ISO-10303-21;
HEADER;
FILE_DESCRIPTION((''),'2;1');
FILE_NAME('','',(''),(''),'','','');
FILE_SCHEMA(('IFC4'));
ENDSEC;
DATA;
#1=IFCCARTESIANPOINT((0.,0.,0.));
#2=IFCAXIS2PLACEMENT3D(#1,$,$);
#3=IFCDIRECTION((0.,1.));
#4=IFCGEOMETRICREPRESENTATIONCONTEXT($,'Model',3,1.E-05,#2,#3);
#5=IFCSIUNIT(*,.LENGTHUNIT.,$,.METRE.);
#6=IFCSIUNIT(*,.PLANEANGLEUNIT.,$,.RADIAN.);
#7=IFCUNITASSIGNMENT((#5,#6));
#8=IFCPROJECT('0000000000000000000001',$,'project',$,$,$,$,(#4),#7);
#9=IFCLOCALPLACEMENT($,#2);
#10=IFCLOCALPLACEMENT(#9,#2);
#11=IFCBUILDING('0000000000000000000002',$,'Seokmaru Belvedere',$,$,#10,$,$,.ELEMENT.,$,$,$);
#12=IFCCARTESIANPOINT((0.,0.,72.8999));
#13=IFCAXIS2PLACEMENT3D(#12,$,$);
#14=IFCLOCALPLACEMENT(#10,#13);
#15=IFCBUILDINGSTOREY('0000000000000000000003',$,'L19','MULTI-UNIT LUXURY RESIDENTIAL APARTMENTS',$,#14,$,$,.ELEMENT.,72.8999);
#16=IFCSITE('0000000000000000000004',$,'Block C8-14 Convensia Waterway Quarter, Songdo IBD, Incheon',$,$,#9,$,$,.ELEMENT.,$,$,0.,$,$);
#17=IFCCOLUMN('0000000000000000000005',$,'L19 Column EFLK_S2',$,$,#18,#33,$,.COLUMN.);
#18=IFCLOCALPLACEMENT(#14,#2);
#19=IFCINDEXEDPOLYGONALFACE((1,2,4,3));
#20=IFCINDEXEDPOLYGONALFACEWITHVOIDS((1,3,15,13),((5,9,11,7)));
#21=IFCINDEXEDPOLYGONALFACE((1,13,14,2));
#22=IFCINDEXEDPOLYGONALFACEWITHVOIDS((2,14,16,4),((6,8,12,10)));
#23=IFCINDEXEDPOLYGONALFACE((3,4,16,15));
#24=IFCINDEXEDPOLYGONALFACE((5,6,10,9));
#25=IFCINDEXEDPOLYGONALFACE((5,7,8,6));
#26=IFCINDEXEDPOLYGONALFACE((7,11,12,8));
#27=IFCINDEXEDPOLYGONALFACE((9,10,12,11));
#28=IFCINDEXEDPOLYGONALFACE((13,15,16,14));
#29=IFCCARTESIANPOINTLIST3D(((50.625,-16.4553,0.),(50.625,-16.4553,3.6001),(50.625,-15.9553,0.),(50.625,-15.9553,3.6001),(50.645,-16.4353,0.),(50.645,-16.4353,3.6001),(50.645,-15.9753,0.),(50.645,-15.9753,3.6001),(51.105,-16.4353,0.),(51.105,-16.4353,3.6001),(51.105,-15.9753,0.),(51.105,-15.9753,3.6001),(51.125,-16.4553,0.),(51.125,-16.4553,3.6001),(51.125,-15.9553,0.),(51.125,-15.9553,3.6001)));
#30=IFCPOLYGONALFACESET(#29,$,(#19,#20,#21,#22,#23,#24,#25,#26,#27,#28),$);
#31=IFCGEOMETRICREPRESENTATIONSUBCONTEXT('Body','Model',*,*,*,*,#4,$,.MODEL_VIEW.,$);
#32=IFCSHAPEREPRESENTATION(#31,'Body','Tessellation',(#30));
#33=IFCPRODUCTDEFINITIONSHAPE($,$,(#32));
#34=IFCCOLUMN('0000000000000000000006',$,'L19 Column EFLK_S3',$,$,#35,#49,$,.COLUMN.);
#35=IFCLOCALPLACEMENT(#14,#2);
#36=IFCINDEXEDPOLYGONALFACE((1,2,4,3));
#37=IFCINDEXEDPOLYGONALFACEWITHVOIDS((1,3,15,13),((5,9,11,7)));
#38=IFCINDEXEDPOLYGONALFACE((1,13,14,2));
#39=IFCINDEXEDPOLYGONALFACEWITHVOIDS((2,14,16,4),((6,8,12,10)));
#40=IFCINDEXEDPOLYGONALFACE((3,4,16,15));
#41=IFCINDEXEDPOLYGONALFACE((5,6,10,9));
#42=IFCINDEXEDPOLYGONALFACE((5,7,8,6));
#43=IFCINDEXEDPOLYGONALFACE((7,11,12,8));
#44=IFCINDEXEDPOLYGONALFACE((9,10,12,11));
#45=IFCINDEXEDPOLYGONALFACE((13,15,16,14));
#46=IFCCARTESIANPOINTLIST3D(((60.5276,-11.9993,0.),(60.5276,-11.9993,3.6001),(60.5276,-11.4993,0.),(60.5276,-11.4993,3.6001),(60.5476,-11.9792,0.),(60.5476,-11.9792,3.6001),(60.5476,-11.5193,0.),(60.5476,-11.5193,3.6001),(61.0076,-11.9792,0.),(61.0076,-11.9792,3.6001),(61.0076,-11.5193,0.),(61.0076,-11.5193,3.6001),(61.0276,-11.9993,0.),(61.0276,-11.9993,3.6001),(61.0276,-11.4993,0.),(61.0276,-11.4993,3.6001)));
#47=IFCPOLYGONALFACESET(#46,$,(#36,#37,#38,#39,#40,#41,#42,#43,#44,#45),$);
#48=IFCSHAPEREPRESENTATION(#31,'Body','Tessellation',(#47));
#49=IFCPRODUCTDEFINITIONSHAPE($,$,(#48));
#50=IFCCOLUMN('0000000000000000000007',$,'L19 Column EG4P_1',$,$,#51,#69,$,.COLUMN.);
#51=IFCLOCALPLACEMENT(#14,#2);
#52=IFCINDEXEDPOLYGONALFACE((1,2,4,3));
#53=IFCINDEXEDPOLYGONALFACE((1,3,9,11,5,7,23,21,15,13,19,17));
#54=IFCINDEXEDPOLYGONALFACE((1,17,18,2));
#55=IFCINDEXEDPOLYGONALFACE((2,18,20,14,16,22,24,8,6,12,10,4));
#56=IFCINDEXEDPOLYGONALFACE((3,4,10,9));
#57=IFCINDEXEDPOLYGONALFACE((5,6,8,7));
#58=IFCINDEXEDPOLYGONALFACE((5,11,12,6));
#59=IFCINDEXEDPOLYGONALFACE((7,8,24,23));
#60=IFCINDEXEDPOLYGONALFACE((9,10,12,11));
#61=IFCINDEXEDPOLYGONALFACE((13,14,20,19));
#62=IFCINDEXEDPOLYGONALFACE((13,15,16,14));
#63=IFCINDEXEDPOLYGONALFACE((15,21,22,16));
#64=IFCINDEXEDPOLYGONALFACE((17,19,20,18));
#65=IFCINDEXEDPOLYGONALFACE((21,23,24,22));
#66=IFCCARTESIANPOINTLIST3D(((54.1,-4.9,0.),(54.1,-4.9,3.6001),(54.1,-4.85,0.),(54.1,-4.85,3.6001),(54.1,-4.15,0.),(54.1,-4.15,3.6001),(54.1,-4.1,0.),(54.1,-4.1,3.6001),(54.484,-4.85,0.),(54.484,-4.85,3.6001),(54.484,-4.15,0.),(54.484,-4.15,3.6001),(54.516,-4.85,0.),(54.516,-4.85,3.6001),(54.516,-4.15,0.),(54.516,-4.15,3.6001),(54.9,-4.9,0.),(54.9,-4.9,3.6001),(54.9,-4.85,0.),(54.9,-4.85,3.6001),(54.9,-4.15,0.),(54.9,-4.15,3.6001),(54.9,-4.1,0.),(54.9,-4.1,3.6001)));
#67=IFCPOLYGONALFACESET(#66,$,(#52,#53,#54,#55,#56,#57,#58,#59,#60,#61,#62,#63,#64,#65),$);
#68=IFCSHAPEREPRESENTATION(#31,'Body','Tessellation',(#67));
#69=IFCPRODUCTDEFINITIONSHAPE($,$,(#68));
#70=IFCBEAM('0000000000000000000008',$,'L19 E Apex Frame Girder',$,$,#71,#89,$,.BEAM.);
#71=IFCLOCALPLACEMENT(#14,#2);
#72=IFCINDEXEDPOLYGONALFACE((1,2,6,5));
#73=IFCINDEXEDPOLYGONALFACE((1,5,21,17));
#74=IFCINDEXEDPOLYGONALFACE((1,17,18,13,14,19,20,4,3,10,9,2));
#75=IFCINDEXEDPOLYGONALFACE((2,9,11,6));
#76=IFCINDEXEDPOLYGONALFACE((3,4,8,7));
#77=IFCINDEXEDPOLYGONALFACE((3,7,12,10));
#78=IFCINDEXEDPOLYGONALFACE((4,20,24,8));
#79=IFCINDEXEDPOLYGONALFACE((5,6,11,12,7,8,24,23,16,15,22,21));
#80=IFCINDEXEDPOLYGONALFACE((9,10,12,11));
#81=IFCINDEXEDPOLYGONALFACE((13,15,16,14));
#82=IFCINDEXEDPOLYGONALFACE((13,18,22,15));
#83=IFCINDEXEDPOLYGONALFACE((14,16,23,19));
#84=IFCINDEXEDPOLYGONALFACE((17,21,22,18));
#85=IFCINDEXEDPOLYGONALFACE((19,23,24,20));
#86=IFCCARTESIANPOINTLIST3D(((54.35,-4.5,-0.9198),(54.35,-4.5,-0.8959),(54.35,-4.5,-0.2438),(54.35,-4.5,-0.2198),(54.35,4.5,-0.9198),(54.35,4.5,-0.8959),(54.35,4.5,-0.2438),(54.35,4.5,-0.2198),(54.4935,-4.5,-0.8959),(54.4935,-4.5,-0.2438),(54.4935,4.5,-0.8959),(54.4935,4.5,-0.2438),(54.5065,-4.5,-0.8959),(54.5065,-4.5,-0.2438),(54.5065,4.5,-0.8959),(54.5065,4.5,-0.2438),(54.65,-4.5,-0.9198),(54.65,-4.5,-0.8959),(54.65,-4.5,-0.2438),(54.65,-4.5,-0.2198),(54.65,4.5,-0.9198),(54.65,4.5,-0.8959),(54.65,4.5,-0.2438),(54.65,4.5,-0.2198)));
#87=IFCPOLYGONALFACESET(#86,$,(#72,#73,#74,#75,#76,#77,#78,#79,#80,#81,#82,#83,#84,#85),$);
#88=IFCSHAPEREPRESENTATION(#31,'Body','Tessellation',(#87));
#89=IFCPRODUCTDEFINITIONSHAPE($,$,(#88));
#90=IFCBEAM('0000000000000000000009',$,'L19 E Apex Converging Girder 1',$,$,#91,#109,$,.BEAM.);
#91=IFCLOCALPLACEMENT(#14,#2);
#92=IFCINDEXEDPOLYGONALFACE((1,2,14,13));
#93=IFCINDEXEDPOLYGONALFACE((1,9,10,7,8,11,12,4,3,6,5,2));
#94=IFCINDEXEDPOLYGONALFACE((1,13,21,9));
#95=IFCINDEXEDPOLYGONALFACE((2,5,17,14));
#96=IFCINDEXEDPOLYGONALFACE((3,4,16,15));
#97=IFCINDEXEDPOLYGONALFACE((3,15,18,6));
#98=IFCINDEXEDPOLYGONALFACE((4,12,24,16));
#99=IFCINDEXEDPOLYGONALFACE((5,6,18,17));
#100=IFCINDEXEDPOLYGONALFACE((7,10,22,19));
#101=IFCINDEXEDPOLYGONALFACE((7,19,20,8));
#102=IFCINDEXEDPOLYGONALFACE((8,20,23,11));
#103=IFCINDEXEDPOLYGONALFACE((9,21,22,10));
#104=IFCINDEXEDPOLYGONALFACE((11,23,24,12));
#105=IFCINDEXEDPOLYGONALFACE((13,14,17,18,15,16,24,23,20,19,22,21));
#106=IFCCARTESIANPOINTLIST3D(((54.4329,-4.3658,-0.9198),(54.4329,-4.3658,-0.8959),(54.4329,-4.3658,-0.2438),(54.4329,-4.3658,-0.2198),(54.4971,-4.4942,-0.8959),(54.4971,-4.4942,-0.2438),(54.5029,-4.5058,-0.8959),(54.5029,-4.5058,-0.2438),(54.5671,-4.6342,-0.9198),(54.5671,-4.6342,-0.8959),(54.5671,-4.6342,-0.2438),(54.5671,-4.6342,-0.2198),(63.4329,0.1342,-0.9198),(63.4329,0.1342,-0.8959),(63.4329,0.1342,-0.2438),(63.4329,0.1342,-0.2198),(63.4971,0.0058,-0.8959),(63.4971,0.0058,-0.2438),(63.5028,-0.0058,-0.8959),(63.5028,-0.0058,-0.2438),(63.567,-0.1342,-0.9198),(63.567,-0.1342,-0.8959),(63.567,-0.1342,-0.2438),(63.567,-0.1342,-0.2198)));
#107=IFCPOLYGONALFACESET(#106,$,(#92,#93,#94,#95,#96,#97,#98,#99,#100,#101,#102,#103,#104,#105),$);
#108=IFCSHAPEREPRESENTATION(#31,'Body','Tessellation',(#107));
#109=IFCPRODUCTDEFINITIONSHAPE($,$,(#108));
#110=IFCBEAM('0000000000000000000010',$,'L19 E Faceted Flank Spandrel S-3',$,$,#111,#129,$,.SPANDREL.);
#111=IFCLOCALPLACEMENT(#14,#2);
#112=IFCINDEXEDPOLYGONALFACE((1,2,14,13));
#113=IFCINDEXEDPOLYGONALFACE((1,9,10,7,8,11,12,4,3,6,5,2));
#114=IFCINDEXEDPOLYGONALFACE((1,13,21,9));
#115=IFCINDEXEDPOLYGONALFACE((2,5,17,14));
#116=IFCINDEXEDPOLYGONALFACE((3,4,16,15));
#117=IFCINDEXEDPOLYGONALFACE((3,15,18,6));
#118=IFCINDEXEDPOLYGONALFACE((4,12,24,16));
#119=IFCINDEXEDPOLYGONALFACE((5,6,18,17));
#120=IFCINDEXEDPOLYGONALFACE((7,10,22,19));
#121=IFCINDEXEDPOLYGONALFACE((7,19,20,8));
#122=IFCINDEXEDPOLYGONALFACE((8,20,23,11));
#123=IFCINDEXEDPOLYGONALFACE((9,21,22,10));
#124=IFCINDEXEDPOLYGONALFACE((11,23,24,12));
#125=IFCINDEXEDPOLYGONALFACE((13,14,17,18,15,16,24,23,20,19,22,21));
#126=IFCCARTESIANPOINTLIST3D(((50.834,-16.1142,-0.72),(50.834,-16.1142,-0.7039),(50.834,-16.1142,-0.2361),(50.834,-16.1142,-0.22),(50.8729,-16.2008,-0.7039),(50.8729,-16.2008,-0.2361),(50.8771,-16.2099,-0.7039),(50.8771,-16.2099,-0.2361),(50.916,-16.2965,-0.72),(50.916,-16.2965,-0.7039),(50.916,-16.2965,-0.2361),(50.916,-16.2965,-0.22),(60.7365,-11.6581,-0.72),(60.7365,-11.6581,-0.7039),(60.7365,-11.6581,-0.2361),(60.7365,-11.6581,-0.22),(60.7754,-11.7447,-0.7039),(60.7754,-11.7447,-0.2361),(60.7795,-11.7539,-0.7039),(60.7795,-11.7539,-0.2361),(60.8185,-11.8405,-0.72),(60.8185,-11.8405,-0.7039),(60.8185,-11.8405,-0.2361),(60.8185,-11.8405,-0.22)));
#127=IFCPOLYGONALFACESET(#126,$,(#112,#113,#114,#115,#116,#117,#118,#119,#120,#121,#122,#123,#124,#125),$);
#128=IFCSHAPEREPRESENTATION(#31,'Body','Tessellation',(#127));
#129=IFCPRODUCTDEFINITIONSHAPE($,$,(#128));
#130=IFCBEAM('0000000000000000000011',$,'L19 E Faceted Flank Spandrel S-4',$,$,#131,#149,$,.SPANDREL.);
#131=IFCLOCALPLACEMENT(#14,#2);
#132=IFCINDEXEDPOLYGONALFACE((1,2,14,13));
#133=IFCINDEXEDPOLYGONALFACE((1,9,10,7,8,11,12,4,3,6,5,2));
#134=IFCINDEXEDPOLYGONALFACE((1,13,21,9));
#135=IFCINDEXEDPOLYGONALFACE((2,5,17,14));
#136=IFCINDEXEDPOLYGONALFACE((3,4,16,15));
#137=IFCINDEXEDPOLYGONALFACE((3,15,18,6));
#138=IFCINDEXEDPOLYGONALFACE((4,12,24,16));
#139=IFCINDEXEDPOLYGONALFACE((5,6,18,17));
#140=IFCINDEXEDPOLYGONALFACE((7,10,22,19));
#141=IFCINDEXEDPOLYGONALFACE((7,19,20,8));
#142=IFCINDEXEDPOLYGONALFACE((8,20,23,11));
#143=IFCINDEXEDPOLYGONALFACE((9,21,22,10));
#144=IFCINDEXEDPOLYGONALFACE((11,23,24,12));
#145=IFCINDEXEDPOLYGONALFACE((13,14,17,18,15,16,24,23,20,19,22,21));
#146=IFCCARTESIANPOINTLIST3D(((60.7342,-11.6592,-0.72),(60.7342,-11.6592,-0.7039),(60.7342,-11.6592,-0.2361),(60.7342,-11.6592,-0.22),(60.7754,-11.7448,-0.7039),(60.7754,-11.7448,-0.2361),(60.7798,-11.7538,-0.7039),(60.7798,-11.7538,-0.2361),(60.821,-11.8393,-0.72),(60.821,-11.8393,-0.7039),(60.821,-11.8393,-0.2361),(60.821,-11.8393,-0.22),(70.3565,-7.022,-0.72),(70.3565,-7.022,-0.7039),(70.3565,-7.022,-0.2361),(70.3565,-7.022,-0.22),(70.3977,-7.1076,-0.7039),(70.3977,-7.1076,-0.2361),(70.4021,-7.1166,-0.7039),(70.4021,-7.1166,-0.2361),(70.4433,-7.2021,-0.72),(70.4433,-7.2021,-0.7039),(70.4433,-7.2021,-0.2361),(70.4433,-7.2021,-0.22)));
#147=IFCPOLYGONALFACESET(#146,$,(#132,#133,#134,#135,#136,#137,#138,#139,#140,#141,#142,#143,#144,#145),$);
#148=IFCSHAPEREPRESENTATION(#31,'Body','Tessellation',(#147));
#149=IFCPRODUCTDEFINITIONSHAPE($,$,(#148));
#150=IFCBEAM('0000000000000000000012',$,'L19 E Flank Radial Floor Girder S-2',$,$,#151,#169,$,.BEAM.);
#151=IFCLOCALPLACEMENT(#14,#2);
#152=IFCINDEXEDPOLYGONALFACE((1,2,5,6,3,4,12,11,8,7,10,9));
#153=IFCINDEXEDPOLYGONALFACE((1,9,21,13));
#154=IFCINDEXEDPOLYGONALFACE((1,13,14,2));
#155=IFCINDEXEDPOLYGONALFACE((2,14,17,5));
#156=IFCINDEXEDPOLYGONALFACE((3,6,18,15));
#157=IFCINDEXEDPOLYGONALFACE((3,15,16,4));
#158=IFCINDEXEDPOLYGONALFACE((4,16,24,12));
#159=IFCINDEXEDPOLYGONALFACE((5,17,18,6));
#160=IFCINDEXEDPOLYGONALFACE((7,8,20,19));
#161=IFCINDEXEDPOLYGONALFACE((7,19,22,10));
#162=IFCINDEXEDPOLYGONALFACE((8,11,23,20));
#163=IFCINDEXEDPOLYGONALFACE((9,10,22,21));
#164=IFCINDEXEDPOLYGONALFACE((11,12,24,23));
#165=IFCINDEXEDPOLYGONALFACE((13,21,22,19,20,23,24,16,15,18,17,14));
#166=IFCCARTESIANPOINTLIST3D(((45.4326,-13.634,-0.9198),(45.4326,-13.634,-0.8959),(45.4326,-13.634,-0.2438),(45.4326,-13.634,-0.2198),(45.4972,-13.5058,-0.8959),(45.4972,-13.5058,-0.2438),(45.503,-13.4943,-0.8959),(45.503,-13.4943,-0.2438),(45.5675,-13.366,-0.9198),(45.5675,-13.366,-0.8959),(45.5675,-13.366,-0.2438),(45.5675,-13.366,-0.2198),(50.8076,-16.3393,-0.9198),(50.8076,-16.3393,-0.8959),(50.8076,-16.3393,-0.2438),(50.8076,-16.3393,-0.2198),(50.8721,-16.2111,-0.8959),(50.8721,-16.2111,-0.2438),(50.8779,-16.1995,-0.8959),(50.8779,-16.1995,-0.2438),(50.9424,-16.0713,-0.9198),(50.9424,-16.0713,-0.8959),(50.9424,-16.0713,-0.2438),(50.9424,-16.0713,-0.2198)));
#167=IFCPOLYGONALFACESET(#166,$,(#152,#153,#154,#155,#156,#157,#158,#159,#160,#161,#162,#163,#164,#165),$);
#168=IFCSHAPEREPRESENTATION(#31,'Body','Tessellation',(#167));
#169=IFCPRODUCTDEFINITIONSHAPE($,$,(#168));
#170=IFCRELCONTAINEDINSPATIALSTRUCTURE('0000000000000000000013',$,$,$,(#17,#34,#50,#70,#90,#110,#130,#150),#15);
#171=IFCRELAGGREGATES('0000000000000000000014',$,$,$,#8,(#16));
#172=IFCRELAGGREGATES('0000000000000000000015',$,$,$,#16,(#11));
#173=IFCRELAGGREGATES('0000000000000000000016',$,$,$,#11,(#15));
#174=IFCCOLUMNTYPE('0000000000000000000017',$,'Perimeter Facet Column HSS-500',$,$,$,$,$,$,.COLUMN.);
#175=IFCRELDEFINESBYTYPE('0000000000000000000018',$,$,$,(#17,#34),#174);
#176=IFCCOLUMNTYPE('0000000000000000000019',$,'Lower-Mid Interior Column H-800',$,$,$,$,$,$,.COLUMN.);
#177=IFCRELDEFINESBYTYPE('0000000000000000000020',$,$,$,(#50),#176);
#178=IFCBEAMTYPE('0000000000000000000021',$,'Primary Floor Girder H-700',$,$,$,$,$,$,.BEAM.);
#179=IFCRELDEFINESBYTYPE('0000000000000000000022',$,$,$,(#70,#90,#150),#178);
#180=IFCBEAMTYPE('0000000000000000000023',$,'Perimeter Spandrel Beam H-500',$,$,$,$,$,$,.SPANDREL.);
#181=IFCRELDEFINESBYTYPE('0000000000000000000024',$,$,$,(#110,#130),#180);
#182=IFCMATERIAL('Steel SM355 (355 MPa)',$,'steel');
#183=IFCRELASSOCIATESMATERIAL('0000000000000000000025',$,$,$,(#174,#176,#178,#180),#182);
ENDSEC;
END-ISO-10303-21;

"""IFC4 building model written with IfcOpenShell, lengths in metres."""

from ifc_helpers import new_model, si_unit, direction, frame, origin, origin_2d, place, context, subcontext, project, spatial, hollow_rectangle, i_section, extrude, source, transform, mapped, material, material_profile, profile_set, type_object, type_shapes, element, save


model = new_model("IFC4")

# Units and contexts
model_context = context("Model", 3, precision=1e-05, world=origin(), true_north=direction((0.0, 1.0)))
body_context = subcontext(model_context, "Body", "Model", "MODEL_VIEW")
ifc_project = project(units=[si_unit("LENGTHUNIT", "METRE"), si_unit("PLANEANGLEUNIT", "RADIAN")], contexts=[model_context])

# Site, building, storey
site_placement = place(None, origin())
site = spatial("IfcSite", under=ifc_project, at=site_placement, Name="Block C8-14 Convensia Waterway Quarter, Songdo IBD, Incheon", CompositionType="ELEMENT", RefElevation=0.0)
building_placement = place(site_placement, origin())
building = spatial("IfcBuilding", under=site, at=building_placement, Name="Seokmaru Belvedere", CompositionType="ELEMENT")
storey_placement = place(building_placement, frame((0.0, 0.0, 72.8999)))
storey = spatial("IfcBuildingStorey", under=building, at=storey_placement, Name="L19", Description="MULTI-UNIT LUXURY RESIDENTIAL APARTMENTS", CompositionType="ELEMENT", Elevation=72.8999)

# Columns
ifc_material_1 = material(Name="Steel SM355 (355 MPa)", Category="steel")
ifc_material_profile_1 = material_profile(ifc_material_1, hollow_rectangle(XDim=0.5, YDim=0.5, WallThickness=0.02, at=origin_2d()), Name="HSS-500x500x20")
ifc_profile_set_1 = profile_set([ifc_material_profile_1], Name="Steel SM355 (355 MPa)")
column_type_1 = type_object("IfcColumnType", Name="Perimeter Facet Column HSS-500", PredefinedType="COLUMN", material=ifc_profile_set_1)
shared_shape_1 = source(origin(), body_context, "Body", "SweptSolid", [
    extrude(hollow_rectangle(XDim=0.5, YDim=0.5, WallThickness=0.02, at=origin_2d()), origin(), (0.0, 0.0, 1.0), 3.6001),
])
type_shapes(column_type_1, [shared_shape_1])
for number, where, z_axis, x_axis, name in (
    (1, (50.875, -16.2053, 0.0), (0.0, 0.0, 1.0), (1.0, 0.0, 0.0), "L19 Column EFLK_S2"),
    (2, (60.7776, -11.7493, 0.0), (0.0, 0.0, 1.0), (1.0, 0.0, 0.0), "L19 Column EFLK_S3"),
):
    element("IfcColumn", number, at=place(storey_placement, frame(where, z_axis=z_axis, x_axis=x_axis)), inside=storey, type_object=column_type_1, Name=name, PredefinedType="COLUMN", context=body_context, shape_type="MappedRepresentation", body=[
        mapped(shared_shape_1, transform((0.0, 0.0, 0.0), scale=1.0)),
    ])
ifc_material_profile_2 = material_profile(ifc_material_1, i_section(OverallWidth=0.8, OverallDepth=0.8, WebThickness=0.032, FlangeThickness=0.05, at=origin_2d()), Name="H-800x800x32x50")
ifc_profile_set_2 = profile_set([ifc_material_profile_2], Name="Steel SM355 (355 MPa)")
column_type_2 = type_object("IfcColumnType", Name="Lower-Mid Interior Column H-800", PredefinedType="COLUMN", material=ifc_profile_set_2)
shared_shape_2 = source(origin(), body_context, "Body", "SweptSolid", [
    extrude(i_section(OverallWidth=0.8, OverallDepth=0.8, WebThickness=0.032, FlangeThickness=0.05, at=origin_2d()), origin(), (0.0, 0.0, 1.0), 3.6001),
])
type_shapes(column_type_2, [shared_shape_2])
column_placement = place(storey_placement, frame((54.5, -4.5, 0.0), z_axis=(0.0, 0.0, 1.0), x_axis=(1.0, 0.0, 0.0)))
element("IfcColumn", 3, at=column_placement, inside=storey, type_object=column_type_2, Name="L19 Column EG4P_1", PredefinedType="COLUMN", context=body_context, shape_type="MappedRepresentation", body=[
    mapped(shared_shape_2, transform((0.0, 0.0, 0.0), scale=1.0)),
])

# Beams
ifc_material_profile_3 = material_profile(ifc_material_1, i_section(OverallWidth=0.3, OverallDepth=0.7, WebThickness=0.0129, FlangeThickness=0.0239, at=origin_2d()), Name="H-700x300x13x24")
ifc_profile_set_3 = profile_set([ifc_material_profile_3], Name="Steel SM355 (355 MPa)")
beam_type_1 = type_object("IfcBeamType", Name="Primary Floor Girder H-700", PredefinedType="BEAM", material=ifc_profile_set_3)
shared_shape_3 = source(origin(), body_context, "Body", "SweptSolid", [
    extrude(i_section(OverallWidth=0.3, OverallDepth=0.7, WebThickness=0.0129, FlangeThickness=0.0239, at=origin_2d()), origin(), (0.0, 0.0, 1.0), 9.0),
])
beam_1_placement = place(storey_placement, frame((54.5, -4.5, -0.5698), z_axis=(0.0, 1.0, 0.0), x_axis=(-1.0, 0.0, 0.0)))
element("IfcBeam", 4, at=beam_1_placement, inside=storey, type_object=beam_type_1, Name="L19 E Apex Frame Girder", PredefinedType="BEAM", context=body_context, shape_type="MappedRepresentation", body=[
    mapped(shared_shape_3, transform((0.0, 0.0, 0.0), scale=1.0)),
])
shared_shape_4 = source(origin(), body_context, "Body", "SweptSolid", [
    extrude(i_section(OverallWidth=0.3, OverallDepth=0.7, WebThickness=0.0129, FlangeThickness=0.0239, at=origin_2d()), origin(), (0.0, 0.0, 1.0), 10.0623),
])
beam_2_placement = place(storey_placement, frame((54.5, -4.5, -0.5698), z_axis=(0.894427, 0.447214, 0.0), x_axis=(-0.447214, 0.894427, 0.0)))
element("IfcBeam", 5, at=beam_2_placement, inside=storey, type_object=beam_type_1, Name="L19 E Apex Converging Girder 1", PredefinedType="BEAM", context=body_context, shape_type="MappedRepresentation", body=[
    mapped(shared_shape_4, transform((0.0, 0.0, 0.0), scale=1.0)),
])
ifc_material_profile_4 = material_profile(ifc_material_1, i_section(OverallWidth=0.2, OverallDepth=0.5, WebThickness=0.01, FlangeThickness=0.0161, at=origin_2d()), Name="H-500x200x10x16")
ifc_profile_set_4 = profile_set([ifc_material_profile_4], Name="Steel SM355 (355 MPa)")
beam_type_2 = type_object("IfcBeamType", Name="Perimeter Spandrel Beam H-500", PredefinedType="SPANDREL", material=ifc_profile_set_4)
shared_shape_5 = source(origin(), body_context, "Body", "SweptSolid", [
    extrude(i_section(OverallWidth=0.2, OverallDepth=0.5, WebThickness=0.01, FlangeThickness=0.0161, at=origin_2d()), origin(), (0.0, 0.0, 1.0), 10.8589),
])
beam_3_placement = place(storey_placement, frame((50.875, -16.2053, -0.47), z_axis=(0.911925, 0.410356, 0.0), x_axis=(-0.410356, 0.911925, 0.0)))
element("IfcBeam", 6, at=beam_3_placement, inside=storey, type_object=beam_type_2, Name="L19 E Faceted Flank Spandrel S-3", PredefinedType="SPANDREL", context=body_context, shape_type="MappedRepresentation", body=[
    mapped(shared_shape_5, transform((0.0, 0.0, 0.0), scale=1.0)),
])
shared_shape_6 = source(origin(), body_context, "Body", "SweptSolid", [
    extrude(i_section(OverallWidth=0.2, OverallDepth=0.5, WebThickness=0.01, FlangeThickness=0.0161, at=origin_2d()), origin(), (0.0, 0.0, 1.0), 10.6814),
])
type_shapes(beam_type_2, [shared_shape_5, shared_shape_6])
beam_4_placement = place(storey_placement, frame((60.7776, -11.7493, -0.47), z_axis=(0.900846, 0.434138, 0.0), x_axis=(-0.434138, 0.900846, 0.0)))
element("IfcBeam", 7, at=beam_4_placement, inside=storey, type_object=beam_type_2, Name="L19 E Faceted Flank Spandrel S-4", PredefinedType="SPANDREL", context=body_context, shape_type="MappedRepresentation", body=[
    mapped(shared_shape_6, transform((0.0, 0.0, 0.0), scale=1.0)),
])
shared_shape_7 = source(origin(), body_context, "Body", "SweptSolid", [
    extrude(i_section(OverallWidth=0.3, OverallDepth=0.7, WebThickness=0.0129, FlangeThickness=0.0239, at=origin_2d()), origin(), (0.0, 0.0, 1.0), 6.0173),
])
beam_5_placement = place(storey_placement, frame((50.875, -16.2053, -0.5698), z_axis=(-0.893239, 0.449581, 0.0), x_axis=(-0.449581, -0.893239, 0.0)))
element("IfcBeam", 8, at=beam_5_placement, inside=storey, type_object=beam_type_1, Name="L19 E Flank Radial Floor Girder S-2", PredefinedType="BEAM", context=body_context, shape_type="MappedRepresentation", body=[
    mapped(shared_shape_7, transform((0.0, 0.0, 0.0), scale=1.0)),
])

save(model, "model.ifc")
